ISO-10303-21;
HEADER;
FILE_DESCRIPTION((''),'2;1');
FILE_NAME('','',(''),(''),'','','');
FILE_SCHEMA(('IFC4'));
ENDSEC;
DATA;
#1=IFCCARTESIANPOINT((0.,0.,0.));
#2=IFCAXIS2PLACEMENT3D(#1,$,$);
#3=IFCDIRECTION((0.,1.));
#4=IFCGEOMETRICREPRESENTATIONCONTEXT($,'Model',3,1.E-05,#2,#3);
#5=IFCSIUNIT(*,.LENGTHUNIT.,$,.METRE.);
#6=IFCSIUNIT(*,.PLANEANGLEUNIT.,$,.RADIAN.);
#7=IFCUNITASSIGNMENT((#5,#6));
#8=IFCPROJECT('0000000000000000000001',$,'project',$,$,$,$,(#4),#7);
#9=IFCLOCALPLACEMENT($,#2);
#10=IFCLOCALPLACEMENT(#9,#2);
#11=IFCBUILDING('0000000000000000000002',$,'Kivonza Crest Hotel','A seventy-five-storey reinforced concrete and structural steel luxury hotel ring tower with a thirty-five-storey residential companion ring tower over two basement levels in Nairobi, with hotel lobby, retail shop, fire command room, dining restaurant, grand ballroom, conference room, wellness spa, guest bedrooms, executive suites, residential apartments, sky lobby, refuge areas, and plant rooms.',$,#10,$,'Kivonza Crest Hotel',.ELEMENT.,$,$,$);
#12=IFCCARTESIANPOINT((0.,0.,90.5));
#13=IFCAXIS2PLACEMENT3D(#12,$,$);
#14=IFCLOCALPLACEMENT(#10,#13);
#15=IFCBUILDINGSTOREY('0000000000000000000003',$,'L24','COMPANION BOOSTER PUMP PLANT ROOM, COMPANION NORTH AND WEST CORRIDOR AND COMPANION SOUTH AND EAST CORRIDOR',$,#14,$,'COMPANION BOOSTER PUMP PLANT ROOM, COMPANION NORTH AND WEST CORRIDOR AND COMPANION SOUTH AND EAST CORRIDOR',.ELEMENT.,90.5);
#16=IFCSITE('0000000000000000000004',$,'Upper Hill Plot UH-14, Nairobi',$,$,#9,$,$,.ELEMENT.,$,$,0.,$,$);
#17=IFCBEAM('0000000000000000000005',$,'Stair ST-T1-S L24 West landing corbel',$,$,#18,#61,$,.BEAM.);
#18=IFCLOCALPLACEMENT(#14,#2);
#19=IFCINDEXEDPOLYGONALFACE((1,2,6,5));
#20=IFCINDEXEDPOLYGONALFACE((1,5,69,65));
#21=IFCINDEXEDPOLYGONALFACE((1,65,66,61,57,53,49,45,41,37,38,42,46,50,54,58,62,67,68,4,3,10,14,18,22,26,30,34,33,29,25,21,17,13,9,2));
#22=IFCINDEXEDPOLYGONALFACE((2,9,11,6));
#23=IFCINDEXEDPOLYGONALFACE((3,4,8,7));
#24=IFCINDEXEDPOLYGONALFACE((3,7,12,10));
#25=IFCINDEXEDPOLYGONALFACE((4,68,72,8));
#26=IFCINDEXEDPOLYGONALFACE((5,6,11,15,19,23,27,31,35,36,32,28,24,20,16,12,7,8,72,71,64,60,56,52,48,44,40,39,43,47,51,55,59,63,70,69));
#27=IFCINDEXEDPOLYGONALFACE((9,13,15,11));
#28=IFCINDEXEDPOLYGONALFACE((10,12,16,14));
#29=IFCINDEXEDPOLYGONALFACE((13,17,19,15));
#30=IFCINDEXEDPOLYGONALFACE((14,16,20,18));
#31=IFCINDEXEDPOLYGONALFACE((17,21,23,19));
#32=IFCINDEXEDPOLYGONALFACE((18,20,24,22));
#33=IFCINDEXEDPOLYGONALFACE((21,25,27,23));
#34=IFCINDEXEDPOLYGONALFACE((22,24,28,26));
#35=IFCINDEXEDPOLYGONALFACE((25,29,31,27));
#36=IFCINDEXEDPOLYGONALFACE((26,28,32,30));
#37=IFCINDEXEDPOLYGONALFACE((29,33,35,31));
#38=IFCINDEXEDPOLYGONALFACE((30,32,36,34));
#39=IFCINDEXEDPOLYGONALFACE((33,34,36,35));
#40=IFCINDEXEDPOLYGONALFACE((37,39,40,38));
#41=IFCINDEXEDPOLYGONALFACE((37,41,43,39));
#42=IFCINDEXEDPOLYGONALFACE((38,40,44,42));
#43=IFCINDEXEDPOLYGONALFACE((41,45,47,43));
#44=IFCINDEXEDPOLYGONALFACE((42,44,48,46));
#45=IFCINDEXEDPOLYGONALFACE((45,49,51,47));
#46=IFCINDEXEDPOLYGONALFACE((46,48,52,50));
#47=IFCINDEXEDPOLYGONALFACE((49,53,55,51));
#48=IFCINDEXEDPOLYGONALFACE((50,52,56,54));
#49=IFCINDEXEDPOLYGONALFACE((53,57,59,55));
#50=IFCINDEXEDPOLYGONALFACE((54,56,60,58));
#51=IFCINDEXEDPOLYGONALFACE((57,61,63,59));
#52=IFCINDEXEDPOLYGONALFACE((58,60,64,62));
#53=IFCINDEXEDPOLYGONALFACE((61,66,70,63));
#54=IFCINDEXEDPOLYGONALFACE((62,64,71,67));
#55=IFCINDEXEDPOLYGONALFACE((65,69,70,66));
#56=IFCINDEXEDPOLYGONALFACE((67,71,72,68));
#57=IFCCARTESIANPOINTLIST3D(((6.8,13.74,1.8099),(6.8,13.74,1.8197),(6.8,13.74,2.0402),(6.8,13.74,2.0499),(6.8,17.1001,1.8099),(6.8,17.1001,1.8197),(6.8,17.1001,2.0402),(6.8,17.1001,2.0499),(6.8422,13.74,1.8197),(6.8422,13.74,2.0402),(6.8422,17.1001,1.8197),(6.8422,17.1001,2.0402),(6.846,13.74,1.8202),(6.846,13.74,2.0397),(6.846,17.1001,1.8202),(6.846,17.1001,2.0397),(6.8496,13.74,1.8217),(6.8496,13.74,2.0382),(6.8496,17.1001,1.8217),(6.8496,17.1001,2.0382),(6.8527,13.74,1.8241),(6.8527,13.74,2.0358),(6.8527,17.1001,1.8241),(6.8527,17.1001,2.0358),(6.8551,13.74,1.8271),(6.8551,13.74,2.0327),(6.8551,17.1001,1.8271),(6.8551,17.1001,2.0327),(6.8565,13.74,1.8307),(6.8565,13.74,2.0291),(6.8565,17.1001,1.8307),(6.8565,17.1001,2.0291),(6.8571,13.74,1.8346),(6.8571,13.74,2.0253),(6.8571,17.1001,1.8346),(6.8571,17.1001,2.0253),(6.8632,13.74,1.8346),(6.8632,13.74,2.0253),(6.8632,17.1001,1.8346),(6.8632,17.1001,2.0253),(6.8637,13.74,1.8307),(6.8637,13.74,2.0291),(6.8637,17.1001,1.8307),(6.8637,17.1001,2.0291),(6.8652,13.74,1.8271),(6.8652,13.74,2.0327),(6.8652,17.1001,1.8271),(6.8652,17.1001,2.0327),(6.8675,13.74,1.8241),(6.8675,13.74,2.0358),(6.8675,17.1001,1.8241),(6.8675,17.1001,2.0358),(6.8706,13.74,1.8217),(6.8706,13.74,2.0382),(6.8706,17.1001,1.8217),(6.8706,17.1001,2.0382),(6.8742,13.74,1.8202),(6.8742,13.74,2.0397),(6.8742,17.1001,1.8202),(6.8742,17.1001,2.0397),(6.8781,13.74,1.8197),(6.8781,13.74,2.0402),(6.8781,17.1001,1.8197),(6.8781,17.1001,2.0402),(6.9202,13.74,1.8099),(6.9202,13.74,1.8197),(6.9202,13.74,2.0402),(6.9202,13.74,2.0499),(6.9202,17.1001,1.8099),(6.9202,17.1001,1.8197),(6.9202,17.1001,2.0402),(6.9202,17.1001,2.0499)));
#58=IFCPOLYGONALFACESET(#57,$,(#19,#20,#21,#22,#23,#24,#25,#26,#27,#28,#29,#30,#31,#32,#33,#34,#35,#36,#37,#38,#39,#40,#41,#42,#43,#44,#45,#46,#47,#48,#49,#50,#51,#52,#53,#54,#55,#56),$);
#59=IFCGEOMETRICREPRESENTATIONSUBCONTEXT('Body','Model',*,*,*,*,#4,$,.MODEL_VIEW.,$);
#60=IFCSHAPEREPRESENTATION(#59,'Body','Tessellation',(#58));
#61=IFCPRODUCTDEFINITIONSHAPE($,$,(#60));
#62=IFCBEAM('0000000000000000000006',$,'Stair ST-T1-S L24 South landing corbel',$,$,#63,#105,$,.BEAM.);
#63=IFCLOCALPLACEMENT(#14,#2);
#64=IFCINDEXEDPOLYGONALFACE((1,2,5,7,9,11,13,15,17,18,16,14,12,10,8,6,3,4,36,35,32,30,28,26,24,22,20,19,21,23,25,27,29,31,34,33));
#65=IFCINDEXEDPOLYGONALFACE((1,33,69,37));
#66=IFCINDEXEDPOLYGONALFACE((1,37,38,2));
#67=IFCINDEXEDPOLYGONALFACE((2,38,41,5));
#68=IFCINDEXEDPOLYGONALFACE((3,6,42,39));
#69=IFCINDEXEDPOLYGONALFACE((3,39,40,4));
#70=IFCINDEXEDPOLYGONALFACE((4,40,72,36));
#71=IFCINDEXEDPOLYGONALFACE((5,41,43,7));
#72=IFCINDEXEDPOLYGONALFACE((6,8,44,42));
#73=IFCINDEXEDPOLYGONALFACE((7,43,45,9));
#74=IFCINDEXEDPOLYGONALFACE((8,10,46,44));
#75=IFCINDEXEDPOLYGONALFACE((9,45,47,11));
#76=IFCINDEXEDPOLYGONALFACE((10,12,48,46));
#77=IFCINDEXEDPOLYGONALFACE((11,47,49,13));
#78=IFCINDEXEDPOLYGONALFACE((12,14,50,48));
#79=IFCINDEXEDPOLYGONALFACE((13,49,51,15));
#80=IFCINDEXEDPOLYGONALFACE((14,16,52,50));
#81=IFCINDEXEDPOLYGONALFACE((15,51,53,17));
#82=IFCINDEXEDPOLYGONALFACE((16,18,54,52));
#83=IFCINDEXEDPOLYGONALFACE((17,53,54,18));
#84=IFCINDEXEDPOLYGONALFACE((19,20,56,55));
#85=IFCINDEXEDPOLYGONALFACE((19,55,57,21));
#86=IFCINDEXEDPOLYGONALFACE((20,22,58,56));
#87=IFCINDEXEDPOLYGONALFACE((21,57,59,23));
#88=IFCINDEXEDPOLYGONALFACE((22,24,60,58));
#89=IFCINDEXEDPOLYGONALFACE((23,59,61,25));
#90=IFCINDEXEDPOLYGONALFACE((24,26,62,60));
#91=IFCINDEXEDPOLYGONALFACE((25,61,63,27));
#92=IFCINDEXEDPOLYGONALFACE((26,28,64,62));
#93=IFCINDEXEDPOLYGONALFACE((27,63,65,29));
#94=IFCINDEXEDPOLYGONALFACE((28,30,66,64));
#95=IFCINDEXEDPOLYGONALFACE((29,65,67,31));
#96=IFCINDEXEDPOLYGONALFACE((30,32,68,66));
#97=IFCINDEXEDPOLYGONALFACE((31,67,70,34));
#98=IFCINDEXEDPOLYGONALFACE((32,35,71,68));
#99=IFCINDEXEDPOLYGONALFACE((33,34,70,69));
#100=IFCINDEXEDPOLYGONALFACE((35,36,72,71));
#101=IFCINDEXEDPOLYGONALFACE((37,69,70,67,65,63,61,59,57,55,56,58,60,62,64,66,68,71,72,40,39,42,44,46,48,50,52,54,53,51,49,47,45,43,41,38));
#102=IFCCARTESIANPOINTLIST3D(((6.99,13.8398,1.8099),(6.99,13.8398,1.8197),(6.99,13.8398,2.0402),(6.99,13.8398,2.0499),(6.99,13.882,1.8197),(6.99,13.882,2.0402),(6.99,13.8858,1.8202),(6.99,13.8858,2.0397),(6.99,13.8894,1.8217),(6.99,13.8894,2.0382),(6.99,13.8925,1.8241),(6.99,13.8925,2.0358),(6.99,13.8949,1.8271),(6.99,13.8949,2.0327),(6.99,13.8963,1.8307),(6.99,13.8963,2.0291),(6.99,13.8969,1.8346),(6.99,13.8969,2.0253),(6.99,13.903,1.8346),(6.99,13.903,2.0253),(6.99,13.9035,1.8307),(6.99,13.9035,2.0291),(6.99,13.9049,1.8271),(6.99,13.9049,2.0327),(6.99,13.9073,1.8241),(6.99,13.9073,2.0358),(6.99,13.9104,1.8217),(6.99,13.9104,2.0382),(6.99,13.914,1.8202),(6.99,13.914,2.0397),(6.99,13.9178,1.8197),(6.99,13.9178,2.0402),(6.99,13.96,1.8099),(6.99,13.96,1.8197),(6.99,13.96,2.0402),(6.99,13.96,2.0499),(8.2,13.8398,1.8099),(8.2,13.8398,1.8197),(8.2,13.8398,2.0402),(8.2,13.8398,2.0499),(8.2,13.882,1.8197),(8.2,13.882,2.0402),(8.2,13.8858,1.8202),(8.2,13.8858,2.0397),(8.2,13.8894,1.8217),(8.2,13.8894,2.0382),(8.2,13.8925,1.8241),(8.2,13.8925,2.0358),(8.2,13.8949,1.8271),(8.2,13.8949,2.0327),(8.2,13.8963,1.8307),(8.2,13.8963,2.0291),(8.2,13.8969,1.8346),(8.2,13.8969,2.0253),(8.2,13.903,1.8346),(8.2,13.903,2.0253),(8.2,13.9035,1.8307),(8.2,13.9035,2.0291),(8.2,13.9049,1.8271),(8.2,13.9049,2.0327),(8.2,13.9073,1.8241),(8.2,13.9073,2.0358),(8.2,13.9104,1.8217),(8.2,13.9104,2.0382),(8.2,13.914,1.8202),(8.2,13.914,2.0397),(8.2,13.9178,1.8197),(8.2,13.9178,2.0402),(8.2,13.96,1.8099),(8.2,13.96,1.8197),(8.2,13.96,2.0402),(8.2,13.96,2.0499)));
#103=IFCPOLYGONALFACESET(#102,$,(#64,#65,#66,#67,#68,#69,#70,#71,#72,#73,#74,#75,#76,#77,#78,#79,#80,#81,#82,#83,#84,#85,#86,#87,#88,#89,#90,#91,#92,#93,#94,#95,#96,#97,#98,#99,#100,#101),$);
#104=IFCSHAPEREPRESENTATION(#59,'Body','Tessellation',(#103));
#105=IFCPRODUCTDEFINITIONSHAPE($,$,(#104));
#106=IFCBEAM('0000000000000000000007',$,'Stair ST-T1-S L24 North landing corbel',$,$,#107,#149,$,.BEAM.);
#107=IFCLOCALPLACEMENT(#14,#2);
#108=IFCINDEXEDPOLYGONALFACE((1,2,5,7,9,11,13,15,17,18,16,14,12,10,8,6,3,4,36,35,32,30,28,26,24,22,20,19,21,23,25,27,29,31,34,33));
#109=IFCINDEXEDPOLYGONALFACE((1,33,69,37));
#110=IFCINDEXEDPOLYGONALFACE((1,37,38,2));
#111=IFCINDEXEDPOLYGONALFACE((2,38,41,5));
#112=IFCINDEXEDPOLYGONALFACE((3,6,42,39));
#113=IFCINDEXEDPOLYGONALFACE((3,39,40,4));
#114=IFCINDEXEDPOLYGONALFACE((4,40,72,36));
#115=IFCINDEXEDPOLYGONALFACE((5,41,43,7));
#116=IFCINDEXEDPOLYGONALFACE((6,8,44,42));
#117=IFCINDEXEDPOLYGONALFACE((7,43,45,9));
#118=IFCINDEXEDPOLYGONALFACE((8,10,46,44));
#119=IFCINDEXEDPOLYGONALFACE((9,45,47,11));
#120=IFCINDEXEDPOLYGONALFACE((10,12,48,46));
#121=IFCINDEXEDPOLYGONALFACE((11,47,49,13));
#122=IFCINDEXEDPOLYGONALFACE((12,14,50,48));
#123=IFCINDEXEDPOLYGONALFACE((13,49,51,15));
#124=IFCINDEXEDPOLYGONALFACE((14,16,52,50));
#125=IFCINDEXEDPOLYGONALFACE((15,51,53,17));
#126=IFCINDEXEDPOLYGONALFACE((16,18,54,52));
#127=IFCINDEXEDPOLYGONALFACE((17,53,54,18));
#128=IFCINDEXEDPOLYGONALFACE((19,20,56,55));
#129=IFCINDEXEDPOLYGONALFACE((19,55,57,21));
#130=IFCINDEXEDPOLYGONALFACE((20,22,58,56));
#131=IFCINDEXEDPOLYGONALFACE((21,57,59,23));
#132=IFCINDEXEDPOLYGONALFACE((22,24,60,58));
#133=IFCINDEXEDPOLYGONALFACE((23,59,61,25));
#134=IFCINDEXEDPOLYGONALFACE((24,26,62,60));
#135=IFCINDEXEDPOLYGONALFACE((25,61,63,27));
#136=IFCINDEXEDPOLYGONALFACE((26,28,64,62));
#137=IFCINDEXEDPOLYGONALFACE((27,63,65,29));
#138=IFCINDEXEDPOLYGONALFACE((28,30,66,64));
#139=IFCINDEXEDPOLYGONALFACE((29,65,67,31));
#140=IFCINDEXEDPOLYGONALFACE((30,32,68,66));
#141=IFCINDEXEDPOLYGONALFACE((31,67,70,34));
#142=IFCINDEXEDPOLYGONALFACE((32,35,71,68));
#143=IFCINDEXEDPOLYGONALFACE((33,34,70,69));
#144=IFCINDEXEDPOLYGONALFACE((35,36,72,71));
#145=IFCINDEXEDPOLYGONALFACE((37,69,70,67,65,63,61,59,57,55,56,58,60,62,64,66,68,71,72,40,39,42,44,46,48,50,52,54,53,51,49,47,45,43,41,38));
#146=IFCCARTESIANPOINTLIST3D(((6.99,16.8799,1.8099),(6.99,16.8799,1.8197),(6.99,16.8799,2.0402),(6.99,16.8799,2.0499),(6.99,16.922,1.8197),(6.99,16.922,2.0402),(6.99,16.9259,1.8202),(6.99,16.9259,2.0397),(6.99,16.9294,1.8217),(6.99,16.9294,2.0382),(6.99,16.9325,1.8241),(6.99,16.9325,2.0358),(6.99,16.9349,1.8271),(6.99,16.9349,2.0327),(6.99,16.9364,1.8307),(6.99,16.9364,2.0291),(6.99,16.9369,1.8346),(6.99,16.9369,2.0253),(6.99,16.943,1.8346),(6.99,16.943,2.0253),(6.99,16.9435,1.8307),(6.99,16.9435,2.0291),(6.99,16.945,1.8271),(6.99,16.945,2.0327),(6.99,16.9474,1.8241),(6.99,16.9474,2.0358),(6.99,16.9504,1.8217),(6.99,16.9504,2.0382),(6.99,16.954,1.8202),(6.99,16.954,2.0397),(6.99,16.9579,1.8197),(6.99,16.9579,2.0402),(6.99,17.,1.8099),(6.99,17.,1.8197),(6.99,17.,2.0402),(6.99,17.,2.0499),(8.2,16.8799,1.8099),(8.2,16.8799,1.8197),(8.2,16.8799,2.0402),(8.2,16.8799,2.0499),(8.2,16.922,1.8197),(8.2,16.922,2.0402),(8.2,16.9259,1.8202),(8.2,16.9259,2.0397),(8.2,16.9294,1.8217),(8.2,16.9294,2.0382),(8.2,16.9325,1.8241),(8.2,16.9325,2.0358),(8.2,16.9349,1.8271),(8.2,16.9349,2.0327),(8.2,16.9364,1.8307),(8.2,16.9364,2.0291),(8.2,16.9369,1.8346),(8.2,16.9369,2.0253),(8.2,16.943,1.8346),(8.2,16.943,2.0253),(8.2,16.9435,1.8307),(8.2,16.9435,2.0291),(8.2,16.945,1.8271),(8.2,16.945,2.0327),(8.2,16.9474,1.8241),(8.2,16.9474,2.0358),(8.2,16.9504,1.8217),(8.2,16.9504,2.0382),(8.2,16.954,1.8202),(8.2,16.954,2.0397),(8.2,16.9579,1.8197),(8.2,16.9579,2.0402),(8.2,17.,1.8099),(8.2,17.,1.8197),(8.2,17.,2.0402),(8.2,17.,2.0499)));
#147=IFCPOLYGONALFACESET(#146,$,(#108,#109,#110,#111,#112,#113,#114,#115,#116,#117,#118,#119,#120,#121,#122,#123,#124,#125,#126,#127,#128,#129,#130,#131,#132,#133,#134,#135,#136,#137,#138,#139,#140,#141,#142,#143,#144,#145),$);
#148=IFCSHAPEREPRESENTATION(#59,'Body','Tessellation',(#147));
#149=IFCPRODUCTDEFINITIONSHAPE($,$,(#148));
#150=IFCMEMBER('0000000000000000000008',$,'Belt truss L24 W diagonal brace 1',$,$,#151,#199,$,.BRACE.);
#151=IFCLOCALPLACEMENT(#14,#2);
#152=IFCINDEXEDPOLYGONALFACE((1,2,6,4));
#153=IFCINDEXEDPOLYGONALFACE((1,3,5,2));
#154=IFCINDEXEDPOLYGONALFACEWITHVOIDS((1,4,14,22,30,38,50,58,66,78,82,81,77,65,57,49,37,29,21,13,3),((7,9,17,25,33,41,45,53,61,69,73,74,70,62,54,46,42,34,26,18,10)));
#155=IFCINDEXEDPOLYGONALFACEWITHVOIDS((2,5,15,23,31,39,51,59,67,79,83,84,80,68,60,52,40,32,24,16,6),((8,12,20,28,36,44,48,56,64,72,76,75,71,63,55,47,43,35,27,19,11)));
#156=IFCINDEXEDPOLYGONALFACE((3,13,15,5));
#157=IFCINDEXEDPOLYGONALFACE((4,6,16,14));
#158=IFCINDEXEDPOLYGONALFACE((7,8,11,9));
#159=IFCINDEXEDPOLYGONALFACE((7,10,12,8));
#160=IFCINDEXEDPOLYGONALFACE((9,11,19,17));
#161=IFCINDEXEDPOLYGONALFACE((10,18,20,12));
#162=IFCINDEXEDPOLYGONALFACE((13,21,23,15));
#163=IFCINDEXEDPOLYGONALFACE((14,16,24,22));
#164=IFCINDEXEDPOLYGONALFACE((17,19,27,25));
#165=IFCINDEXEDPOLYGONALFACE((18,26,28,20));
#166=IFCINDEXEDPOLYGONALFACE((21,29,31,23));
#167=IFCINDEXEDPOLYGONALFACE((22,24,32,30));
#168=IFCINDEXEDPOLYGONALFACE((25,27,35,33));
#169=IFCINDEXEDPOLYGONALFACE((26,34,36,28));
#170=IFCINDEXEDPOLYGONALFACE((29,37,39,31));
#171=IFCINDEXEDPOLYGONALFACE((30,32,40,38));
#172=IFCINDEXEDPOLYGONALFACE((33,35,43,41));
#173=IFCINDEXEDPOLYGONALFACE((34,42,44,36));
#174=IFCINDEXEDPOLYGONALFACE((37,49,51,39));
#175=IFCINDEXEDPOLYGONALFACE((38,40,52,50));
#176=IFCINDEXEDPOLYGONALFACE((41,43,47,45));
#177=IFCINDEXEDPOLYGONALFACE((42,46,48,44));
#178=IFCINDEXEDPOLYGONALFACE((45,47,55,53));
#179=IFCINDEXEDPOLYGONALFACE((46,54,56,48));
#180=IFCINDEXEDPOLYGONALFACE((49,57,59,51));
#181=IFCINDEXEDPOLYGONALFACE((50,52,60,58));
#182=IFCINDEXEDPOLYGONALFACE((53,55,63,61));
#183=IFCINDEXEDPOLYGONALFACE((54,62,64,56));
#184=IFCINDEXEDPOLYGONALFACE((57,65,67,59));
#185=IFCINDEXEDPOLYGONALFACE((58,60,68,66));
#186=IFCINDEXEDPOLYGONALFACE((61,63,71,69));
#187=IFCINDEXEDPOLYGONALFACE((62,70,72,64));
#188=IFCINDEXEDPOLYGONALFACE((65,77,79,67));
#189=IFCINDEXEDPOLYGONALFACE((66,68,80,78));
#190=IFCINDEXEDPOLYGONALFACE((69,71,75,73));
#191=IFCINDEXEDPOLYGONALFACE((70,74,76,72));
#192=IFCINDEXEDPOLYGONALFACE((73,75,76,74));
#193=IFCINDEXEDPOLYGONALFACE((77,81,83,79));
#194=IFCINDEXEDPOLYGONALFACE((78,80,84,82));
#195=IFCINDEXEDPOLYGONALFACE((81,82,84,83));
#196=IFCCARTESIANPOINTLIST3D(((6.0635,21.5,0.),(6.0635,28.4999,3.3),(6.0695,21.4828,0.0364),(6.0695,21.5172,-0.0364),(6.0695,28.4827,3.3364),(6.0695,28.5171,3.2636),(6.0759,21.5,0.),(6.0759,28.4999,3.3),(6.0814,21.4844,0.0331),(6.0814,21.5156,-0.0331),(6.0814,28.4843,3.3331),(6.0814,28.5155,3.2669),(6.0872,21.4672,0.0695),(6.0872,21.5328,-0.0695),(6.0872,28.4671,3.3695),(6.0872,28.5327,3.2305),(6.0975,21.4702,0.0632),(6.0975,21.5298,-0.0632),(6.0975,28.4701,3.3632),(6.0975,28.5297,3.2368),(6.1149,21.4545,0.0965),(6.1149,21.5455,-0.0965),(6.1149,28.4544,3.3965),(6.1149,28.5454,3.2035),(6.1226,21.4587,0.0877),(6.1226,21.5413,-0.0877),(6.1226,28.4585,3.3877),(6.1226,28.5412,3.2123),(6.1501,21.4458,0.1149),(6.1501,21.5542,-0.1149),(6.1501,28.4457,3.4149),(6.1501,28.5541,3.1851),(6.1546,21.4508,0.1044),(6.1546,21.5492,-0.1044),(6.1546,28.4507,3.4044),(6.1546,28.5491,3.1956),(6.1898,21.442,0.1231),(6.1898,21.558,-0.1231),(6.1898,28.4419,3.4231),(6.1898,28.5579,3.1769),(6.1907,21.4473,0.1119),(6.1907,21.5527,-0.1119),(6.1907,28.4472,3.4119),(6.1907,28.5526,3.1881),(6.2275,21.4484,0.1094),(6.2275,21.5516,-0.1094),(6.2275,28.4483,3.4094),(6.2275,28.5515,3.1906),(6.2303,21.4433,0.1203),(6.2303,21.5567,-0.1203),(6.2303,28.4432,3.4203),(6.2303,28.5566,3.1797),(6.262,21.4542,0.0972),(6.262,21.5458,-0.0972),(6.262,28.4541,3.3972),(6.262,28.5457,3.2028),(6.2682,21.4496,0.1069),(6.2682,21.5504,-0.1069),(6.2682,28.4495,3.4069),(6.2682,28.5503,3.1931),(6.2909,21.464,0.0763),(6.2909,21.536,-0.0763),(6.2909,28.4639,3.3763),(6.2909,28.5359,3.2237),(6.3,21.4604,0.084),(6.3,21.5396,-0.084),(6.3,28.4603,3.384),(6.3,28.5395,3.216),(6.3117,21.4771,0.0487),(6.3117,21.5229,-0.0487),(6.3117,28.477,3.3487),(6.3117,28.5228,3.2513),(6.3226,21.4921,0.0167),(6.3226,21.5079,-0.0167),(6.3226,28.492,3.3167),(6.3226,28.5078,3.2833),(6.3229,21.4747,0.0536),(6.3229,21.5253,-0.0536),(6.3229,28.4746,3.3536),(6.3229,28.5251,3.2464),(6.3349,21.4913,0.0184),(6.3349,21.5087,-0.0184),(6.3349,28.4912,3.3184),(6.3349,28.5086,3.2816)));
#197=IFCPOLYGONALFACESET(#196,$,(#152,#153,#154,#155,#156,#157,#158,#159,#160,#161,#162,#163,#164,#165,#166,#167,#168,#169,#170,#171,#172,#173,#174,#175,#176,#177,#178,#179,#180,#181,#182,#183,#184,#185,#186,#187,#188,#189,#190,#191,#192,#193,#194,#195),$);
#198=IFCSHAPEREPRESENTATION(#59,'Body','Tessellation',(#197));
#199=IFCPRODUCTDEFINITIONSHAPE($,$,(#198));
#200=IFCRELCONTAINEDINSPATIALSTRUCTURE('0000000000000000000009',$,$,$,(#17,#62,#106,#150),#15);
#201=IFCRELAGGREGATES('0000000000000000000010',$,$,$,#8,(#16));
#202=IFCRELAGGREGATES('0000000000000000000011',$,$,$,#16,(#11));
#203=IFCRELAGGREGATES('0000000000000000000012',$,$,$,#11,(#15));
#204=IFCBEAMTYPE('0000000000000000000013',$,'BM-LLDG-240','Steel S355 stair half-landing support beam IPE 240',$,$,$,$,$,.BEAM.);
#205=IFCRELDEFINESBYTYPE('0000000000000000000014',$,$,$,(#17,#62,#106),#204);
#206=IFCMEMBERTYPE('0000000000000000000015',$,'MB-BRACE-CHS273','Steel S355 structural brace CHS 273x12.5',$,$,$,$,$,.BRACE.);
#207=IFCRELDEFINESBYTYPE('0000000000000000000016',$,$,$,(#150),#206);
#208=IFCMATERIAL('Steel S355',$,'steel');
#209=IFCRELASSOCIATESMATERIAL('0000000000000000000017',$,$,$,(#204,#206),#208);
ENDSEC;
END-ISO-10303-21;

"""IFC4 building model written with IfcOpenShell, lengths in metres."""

from ifc_helpers import new_model, si_unit, direction, frame, origin, origin_2d, place, context, subcontext, project, spatial, hollow_circle, i_section, extrude, material, material_profile, profile_set, type_object, element, save


model = new_model("IFC4")

# Units and contexts
model_context = context("Model", 3, precision=1e-05, world=origin(), true_north=direction((0.0, 1.0)))
body_context = subcontext(model_context, "Body", "Model", "MODEL_VIEW")
ifc_project = project(units=[si_unit("LENGTHUNIT", "METRE"), si_unit("PLANEANGLEUNIT", "RADIAN")], contexts=[model_context])

# Site, building, storey
site_placement = place(None, origin())
site = spatial("IfcSite", under=ifc_project, at=site_placement, Name="Upper Hill Plot UH-14, Nairobi", CompositionType="ELEMENT", RefElevation=0.0)
building_placement = place(site_placement, origin())
building = spatial("IfcBuilding", under=site, at=building_placement, Name="Kivonza Crest Hotel", Description="A seventy-five-storey reinforced concrete and structural steel luxury hotel ring tower with a thirty-five-storey residential companion ring tower over two basement levels in Nairobi, with hotel lobby, retail shop, fire command room, dining restaurant, grand ballroom, conference room, wellness spa, guest bedrooms, executive suites, residential apartments, sky lobby, refuge areas, and plant rooms.", LongName="Kivonza Crest Hotel", CompositionType="ELEMENT")
storey_placement = place(building_placement, frame((0.0, 0.0, 90.5)))
storey = spatial("IfcBuildingStorey", under=building, at=storey_placement, Name="L24", Description="COMPANION BOOSTER PUMP PLANT ROOM, COMPANION NORTH AND WEST CORRIDOR AND COMPANION SOUTH AND EAST CORRIDOR", LongName="COMPANION BOOSTER PUMP PLANT ROOM, COMPANION NORTH AND WEST CORRIDOR AND COMPANION SOUTH AND EAST CORRIDOR", CompositionType="ELEMENT", Elevation=90.5)

# Beams
ifc_material_1 = material(Name="Steel S355", Category="steel")
ifc_material_profile_1 = material_profile(ifc_material_1, i_section(OverallWidth=0.1201, OverallDepth=0.24, WebThickness=0.0061, FlangeThickness=0.0098, FilletRadius=0.0149, at=origin_2d()), Name="IPE 240")
ifc_profile_set_1 = profile_set([ifc_material_profile_1], Name="Steel S355")
beam_type_1 = type_object("IfcBeamType", Name="BM-LLDG-240", Description="Steel S355 stair half-landing support beam IPE 240", PredefinedType="BEAM", material=ifc_profile_set_1)
beam_1_placement = place(storey_placement, frame((6.8601, 13.74, 1.9299), z_axis=(0.0, 1.0, 0.0), x_axis=(-1.0, 0.0, 0.0)))
element("IfcBeam", 1, at=beam_1_placement, inside=storey, type_object=beam_type_1, Name="Stair ST-T1-S L24 West landing corbel", PredefinedType="BEAM", context=body_context, shape_type="SweptSolid", body=[
    extrude(i_section(OverallWidth=0.1201, OverallDepth=0.24, WebThickness=0.0061, FlangeThickness=0.0098, FilletRadius=0.0149, at=origin_2d()), origin(), (0.0, 0.0, 1.0), 3.3601),
])
for number, where, z_axis, x_axis, name in (
    (2, (6.99, 13.8999, 1.9299), (1.0, 0.0, 0.0), (0.0, 1.0, 0.0), "Stair ST-T1-S L24 South landing corbel"),
    (3, (6.99, 16.9399, 1.9299), (1.0, 0.0, 0.0), (0.0, 1.0, 0.0), "Stair ST-T1-S L24 North landing corbel"),
):
    element("IfcBeam", number, at=place(storey_placement, frame(where, z_axis=z_axis, x_axis=x_axis)), inside=storey, type_object=beam_type_1, Name=name, PredefinedType="BEAM", context=body_context, shape_type="SweptSolid", body=[
        extrude(i_section(OverallWidth=0.1201, OverallDepth=0.24, WebThickness=0.0061, FlangeThickness=0.0098, FilletRadius=0.0149, at=origin_2d()), origin(), (0.0, 0.0, 1.0), 1.21),
    ])

# Member
ifc_material_profile_2 = material_profile(ifc_material_1, hollow_circle(Radius=0.1365, WallThickness=0.0125, at=origin_2d()), Name="CHS 273x12.5")
ifc_profile_set_2 = profile_set([ifc_material_profile_2], Name="Steel S355")
member_type_1 = type_object("IfcMemberType", Name="MB-BRACE-CHS273", Description="Steel S355 structural brace CHS 273x12.5", PredefinedType="BRACE", material=ifc_profile_set_2)
member_placement = place(storey_placement, frame((6.2, 21.5, 0.0), z_axis=(0.0, 0.904523, 0.426424), x_axis=(-1.0, 0.0, 0.0)))
element("IfcMember", 4, at=member_placement, inside=storey, type_object=member_type_1, Name="Belt truss L24 W diagonal brace 1", PredefinedType="BRACE", context=body_context, shape_type="SweptSolid", body=[
    extrude(hollow_circle(Radius=0.1365, WallThickness=0.0125, at=origin_2d()), origin(), (0.0, 0.0, 1.0), 7.7388),
])

save(model, "model.ifc")
